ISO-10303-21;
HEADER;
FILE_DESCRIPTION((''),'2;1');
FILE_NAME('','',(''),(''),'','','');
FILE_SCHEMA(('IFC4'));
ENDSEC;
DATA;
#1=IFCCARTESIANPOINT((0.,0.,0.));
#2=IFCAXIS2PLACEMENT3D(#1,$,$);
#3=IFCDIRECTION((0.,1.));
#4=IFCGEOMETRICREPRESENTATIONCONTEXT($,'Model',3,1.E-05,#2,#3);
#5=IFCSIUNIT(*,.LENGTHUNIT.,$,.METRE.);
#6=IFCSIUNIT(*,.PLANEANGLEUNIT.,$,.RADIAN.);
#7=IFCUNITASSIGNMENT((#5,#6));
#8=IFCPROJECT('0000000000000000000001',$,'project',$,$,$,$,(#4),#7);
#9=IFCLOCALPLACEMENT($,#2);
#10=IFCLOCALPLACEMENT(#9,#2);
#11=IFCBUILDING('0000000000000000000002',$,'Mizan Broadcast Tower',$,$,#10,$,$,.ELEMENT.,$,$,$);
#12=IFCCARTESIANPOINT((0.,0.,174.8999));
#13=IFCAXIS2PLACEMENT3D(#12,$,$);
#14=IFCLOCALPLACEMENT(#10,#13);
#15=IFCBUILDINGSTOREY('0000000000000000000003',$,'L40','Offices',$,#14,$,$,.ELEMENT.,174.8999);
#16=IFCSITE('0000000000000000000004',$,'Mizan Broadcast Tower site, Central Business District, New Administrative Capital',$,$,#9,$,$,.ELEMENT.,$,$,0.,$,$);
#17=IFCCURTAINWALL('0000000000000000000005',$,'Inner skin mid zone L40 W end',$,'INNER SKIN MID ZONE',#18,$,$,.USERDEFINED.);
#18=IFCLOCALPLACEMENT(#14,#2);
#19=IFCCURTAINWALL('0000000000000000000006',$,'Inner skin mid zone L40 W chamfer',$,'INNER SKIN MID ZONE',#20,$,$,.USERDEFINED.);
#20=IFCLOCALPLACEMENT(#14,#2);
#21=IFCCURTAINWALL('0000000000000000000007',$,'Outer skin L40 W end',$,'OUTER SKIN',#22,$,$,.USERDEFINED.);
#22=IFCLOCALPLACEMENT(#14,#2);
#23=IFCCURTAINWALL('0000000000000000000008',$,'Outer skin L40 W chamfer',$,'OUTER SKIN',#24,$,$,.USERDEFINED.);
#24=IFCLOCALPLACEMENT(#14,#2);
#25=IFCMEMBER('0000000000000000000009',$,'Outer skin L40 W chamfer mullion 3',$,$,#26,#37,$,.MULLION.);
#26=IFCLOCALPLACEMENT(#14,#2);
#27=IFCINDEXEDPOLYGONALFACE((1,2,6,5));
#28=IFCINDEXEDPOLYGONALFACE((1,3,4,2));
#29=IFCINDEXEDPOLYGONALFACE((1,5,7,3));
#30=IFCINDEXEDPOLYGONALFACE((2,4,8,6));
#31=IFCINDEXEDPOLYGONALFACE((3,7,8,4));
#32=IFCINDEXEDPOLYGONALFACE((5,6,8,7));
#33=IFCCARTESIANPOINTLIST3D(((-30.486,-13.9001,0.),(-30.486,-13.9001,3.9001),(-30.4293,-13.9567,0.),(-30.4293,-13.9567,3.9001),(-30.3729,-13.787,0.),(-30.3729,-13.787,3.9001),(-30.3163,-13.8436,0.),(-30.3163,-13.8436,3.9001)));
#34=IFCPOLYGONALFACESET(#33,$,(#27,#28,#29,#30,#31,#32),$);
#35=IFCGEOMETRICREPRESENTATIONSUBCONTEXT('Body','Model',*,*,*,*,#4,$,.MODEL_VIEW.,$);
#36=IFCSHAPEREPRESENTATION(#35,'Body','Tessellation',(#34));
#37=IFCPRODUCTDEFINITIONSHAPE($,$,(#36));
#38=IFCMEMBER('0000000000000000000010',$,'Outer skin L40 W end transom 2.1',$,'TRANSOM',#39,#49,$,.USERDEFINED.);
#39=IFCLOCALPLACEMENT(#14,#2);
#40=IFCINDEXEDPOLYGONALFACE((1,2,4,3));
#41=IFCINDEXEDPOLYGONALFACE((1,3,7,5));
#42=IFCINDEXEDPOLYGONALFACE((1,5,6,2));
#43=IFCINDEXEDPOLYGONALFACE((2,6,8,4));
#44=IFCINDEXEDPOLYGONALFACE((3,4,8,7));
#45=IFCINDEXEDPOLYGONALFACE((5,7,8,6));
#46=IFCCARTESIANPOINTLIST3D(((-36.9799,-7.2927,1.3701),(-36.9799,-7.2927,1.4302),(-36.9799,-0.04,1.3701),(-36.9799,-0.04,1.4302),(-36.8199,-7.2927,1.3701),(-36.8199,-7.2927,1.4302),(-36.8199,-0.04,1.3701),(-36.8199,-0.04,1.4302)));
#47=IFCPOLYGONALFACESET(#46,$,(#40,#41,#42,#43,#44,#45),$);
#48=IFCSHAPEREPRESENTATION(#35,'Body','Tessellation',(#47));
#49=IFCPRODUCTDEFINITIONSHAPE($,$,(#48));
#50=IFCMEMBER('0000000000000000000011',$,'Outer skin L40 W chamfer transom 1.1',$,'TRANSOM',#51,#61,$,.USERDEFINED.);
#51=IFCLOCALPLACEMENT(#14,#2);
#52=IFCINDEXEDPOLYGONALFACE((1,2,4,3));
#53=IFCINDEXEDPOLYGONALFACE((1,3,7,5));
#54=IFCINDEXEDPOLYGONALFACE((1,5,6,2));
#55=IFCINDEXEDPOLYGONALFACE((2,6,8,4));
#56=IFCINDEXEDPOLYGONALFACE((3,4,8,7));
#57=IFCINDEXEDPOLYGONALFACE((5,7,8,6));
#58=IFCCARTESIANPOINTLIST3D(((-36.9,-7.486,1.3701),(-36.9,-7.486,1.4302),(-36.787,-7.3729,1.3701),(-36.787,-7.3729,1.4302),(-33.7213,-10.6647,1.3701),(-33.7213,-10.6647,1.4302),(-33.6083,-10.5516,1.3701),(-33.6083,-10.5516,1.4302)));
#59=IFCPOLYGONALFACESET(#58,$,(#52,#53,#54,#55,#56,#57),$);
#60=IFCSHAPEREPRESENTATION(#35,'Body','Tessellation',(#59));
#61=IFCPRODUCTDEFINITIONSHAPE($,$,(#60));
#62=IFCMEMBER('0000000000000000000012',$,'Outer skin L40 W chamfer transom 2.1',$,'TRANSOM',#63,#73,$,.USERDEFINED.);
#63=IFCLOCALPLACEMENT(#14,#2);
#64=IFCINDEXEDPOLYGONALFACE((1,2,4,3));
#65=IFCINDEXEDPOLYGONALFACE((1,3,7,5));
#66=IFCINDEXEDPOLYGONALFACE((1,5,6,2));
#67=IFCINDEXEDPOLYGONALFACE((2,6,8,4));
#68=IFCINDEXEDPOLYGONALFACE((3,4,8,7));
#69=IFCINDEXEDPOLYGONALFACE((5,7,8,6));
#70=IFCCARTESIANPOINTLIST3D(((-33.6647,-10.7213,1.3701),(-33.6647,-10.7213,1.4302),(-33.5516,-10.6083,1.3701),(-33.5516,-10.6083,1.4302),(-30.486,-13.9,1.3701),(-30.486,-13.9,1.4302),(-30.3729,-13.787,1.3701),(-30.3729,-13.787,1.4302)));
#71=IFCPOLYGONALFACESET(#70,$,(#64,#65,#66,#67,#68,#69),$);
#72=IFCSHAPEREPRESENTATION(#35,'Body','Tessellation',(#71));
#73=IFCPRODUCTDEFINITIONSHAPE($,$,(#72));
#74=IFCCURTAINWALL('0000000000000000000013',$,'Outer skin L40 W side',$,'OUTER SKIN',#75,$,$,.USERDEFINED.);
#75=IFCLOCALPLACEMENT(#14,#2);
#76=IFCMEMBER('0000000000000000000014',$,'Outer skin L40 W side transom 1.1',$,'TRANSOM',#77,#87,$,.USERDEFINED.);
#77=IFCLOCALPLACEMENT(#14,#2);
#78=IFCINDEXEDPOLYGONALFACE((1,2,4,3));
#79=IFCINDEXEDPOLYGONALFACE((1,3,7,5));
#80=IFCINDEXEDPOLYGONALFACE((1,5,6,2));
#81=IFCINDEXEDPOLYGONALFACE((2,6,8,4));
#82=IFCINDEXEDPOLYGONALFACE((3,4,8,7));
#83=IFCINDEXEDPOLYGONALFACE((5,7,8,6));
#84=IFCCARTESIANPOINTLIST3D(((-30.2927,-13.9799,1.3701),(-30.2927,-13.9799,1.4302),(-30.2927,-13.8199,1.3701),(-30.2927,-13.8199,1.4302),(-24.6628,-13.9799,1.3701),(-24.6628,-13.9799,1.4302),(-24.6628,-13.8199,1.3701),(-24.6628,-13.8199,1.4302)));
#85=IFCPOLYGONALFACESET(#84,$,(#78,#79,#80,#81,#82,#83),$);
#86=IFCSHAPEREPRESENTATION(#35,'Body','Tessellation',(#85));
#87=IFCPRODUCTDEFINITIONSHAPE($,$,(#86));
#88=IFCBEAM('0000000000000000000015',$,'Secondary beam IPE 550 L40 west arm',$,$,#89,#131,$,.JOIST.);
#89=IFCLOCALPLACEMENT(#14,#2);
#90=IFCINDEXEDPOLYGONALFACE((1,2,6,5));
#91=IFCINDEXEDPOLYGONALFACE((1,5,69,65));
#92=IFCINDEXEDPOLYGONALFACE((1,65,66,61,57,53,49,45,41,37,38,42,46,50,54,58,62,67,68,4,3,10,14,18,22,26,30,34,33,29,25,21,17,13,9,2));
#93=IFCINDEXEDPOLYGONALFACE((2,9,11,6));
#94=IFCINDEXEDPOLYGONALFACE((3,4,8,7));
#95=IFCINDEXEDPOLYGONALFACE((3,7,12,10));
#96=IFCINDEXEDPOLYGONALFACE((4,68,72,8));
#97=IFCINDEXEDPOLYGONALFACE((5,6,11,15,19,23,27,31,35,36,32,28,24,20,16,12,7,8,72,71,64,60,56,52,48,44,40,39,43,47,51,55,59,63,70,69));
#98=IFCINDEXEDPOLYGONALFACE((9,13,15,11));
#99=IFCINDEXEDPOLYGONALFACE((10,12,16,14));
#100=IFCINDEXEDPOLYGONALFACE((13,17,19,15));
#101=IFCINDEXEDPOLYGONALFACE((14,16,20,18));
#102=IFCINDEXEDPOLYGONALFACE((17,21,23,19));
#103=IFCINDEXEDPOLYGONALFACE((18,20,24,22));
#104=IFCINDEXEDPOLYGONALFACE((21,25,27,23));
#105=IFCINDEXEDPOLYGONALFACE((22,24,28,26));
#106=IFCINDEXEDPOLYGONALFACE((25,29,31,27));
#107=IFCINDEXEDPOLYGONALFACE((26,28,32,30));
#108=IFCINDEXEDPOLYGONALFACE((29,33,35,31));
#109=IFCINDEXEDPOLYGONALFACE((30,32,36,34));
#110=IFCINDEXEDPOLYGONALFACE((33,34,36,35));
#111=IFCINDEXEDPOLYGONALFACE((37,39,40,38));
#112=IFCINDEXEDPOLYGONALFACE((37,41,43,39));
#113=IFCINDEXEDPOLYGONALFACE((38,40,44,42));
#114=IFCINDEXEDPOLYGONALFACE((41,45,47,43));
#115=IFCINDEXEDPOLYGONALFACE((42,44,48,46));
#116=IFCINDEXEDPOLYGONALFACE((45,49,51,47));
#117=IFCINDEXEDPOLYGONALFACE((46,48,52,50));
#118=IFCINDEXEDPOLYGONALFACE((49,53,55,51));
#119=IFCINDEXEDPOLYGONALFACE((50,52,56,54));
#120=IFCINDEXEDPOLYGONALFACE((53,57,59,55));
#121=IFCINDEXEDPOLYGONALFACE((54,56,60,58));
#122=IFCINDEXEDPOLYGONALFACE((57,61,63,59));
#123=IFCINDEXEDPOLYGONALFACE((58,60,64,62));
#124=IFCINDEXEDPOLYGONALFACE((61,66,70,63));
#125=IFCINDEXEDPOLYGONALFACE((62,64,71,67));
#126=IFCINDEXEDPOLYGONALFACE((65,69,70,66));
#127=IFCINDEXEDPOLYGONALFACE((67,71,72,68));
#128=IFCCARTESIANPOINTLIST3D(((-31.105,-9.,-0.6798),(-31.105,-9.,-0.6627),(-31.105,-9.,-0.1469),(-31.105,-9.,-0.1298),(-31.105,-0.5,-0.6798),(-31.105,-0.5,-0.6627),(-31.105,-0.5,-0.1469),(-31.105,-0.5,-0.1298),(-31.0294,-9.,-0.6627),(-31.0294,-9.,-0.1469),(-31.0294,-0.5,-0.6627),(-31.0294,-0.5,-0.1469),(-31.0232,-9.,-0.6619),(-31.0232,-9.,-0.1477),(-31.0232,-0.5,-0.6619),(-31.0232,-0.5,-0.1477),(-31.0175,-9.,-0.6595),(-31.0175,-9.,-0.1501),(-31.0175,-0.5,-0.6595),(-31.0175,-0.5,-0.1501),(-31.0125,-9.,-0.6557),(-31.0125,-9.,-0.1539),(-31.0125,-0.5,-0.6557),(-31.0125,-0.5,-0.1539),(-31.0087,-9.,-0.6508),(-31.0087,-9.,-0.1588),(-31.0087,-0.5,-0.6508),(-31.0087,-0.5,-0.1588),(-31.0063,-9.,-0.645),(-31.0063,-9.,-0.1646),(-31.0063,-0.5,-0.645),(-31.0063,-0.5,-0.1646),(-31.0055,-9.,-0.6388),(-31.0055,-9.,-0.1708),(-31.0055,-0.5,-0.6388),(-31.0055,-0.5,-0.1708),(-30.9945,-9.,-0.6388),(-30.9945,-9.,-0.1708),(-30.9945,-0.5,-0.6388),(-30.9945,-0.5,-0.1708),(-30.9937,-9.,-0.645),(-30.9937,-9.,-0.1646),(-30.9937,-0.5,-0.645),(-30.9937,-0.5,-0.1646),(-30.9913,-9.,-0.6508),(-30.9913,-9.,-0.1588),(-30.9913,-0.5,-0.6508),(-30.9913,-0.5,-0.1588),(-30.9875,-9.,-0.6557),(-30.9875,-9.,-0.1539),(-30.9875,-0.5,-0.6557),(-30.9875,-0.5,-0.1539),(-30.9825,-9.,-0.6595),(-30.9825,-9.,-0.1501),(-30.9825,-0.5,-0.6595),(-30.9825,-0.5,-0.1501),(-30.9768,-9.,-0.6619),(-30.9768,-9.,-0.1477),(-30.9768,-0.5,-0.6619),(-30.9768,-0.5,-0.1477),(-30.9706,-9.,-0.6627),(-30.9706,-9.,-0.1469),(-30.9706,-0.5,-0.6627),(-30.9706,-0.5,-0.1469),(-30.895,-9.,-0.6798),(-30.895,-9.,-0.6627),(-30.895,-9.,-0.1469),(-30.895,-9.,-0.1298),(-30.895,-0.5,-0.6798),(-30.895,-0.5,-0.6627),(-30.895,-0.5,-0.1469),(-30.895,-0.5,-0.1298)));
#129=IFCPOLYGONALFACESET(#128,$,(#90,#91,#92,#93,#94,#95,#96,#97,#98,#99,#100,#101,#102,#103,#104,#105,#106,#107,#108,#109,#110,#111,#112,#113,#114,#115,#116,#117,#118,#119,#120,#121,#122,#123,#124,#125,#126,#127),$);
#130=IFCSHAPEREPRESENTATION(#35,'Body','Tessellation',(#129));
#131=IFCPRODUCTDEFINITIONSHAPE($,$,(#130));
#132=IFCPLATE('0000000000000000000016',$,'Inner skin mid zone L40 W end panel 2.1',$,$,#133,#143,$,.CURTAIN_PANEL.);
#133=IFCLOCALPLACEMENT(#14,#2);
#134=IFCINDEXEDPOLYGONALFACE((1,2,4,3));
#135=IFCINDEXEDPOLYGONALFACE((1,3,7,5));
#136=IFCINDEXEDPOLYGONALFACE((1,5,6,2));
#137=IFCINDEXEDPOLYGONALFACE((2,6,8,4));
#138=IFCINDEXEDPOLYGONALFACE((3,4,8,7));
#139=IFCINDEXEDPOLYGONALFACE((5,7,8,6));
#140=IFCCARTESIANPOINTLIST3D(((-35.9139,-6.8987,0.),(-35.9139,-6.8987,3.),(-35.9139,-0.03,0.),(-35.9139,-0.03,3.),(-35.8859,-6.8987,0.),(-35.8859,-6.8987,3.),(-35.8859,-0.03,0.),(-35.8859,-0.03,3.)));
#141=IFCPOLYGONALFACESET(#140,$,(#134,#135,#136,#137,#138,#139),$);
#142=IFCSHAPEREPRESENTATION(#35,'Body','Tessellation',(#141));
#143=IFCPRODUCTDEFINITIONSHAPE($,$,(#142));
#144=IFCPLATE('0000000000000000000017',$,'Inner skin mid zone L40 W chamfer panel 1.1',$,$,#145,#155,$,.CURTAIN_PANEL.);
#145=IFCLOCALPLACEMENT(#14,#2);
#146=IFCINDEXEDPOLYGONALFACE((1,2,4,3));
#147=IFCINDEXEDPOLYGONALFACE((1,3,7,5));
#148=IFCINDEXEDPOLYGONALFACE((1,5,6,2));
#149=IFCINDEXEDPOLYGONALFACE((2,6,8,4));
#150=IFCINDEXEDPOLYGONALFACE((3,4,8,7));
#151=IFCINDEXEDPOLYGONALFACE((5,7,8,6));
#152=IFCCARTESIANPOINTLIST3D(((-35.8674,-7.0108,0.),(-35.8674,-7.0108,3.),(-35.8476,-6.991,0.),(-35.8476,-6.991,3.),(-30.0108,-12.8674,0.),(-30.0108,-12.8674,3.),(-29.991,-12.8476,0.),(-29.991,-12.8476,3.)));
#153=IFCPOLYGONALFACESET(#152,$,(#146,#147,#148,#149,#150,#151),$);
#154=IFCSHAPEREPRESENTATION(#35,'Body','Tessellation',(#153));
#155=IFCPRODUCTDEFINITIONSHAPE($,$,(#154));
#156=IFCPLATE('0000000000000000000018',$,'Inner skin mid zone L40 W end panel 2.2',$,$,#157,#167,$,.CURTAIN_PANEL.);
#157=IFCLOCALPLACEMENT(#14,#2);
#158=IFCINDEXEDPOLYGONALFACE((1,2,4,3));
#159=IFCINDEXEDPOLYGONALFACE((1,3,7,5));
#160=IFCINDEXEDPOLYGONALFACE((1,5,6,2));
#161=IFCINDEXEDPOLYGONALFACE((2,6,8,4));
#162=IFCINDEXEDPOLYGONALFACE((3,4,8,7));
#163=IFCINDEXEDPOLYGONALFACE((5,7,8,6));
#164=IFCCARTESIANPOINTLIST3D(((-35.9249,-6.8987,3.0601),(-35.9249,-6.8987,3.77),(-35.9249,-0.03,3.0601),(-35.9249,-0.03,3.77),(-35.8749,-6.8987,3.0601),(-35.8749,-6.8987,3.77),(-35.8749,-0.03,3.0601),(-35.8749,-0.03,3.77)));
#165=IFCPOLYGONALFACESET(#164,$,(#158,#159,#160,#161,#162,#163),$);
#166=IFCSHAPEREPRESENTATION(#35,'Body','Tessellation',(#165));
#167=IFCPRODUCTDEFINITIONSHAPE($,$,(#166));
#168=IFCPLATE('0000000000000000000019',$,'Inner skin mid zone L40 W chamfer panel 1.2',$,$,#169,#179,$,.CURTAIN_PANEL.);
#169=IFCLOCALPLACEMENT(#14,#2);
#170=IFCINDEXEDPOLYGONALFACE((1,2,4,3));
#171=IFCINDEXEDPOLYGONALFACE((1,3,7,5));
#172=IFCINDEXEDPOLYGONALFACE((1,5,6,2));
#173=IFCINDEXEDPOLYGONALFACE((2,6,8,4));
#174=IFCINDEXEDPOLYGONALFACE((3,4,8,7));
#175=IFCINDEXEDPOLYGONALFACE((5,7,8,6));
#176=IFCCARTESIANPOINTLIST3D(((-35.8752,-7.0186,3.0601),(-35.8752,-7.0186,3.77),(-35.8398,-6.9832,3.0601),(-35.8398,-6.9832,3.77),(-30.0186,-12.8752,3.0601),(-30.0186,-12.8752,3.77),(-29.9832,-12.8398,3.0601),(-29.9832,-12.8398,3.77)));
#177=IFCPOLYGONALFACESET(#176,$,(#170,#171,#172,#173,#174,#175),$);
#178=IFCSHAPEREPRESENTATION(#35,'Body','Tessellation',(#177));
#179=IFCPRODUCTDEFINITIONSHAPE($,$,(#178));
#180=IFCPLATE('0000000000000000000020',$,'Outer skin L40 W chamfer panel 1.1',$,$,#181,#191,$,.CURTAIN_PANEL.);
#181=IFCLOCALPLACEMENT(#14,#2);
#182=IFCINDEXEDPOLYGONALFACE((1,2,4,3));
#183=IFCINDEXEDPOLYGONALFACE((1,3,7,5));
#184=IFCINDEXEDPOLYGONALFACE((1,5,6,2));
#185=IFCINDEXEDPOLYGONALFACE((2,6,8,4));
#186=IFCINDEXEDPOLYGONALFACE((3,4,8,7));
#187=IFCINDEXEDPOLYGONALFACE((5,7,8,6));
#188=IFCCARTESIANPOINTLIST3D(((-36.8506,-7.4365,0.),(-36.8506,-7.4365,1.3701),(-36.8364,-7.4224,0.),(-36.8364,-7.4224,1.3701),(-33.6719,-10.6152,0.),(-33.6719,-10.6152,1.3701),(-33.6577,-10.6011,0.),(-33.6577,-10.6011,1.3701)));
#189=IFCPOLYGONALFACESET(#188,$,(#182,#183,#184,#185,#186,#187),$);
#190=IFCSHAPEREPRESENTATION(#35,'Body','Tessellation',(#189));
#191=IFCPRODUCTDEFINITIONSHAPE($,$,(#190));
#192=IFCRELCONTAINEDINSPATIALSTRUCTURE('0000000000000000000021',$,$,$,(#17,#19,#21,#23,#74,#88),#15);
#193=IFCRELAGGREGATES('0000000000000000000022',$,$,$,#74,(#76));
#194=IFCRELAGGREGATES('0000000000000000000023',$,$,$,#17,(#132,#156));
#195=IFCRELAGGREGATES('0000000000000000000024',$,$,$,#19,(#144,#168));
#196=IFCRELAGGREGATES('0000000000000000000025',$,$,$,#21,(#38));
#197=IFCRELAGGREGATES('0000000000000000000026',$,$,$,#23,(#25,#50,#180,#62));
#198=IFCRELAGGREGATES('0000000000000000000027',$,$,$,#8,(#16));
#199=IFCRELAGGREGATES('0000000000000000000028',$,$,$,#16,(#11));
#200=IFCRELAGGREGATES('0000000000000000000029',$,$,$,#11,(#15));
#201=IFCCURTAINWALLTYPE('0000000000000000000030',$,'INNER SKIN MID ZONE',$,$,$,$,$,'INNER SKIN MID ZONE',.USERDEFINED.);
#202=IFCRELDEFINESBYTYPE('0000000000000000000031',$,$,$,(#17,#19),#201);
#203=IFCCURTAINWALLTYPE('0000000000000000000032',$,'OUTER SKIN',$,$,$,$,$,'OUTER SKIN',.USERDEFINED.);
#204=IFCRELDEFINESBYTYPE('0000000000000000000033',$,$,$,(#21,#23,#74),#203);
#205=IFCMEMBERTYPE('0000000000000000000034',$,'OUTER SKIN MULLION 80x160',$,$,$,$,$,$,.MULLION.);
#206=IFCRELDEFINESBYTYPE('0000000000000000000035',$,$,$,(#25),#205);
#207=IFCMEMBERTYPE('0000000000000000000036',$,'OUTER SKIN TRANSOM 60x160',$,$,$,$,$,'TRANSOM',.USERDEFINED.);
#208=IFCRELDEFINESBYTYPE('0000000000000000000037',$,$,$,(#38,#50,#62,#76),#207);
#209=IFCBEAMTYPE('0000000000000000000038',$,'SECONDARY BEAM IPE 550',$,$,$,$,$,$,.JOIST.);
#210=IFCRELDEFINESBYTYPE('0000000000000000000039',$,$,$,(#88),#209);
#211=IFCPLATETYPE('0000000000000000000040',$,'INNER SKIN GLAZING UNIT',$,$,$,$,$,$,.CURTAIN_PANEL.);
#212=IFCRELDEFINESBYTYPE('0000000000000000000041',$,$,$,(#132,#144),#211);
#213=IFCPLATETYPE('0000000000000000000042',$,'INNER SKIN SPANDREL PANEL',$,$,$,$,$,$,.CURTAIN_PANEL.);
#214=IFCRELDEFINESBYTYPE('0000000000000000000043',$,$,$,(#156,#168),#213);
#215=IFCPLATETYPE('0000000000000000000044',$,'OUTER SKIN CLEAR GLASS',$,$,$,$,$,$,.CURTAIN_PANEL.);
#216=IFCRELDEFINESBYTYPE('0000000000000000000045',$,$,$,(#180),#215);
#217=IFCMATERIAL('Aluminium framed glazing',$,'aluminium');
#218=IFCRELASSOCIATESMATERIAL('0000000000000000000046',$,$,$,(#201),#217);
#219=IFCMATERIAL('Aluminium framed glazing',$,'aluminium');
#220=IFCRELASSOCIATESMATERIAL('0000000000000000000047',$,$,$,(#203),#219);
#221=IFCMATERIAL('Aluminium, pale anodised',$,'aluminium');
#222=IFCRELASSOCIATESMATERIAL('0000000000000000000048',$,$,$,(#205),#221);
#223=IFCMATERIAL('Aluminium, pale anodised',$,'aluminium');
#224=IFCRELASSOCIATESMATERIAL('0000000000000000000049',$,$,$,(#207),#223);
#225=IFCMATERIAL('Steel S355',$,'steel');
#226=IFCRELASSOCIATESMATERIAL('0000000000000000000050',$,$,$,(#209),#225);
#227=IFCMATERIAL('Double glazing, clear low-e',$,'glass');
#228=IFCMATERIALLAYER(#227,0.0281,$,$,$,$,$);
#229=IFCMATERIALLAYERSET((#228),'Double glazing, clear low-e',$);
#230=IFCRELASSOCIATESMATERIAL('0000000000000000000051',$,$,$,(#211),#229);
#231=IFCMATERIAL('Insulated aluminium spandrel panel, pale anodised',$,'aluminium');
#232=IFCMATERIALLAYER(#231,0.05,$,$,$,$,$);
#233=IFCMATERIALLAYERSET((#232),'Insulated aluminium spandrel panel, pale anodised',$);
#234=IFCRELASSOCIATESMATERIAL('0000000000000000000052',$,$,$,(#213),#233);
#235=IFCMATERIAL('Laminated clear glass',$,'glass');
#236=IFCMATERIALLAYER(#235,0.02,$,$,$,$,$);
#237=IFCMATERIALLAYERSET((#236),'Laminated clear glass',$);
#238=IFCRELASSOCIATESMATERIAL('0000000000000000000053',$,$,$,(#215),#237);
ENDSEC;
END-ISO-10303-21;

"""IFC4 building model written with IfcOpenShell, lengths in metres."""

from ifc_helpers import new_model, si_unit, direction, frame, origin, origin_2d, place, context, subcontext, project, spatial, rectangle, i_section, extrude, material, layer, layer_set, material_profile, profile_set, type_object, element, aggregate, save


model = new_model("IFC4")

# Units and contexts
model_context = context("Model", 3, precision=1e-05, world=origin(), true_north=direction((0.0, 1.0)))
body_context = subcontext(model_context, "Body", "Model", "MODEL_VIEW")
ifc_project = project(units=[si_unit("LENGTHUNIT", "METRE"), si_unit("PLANEANGLEUNIT", "RADIAN")], contexts=[model_context])

# Site, building, storey
site_placement = place(None, origin())
site = spatial("IfcSite", under=ifc_project, at=site_placement, Name="Mizan Broadcast Tower site, Central Business District, New Administrative Capital", CompositionType="ELEMENT", RefElevation=0.0)
building_placement = place(site_placement, origin())
building = spatial("IfcBuilding", under=site, at=building_placement, Name="Mizan Broadcast Tower", CompositionType="ELEMENT")
storey_placement = place(building_placement, frame((0.0, 0.0, 174.8999)))
storey = spatial("IfcBuildingStorey", under=building, at=storey_placement, Name="L40", Description="Offices", CompositionType="ELEMENT", Elevation=174.8999)

# Curtain wall
ifc_material_1 = material(Name="Aluminium framed glazing", Category="aluminium")
curtain_wall_type_1 = type_object("IfcCurtainWallType", Name="INNER SKIN MID ZONE", ElementType="INNER SKIN MID ZONE", PredefinedType="USERDEFINED", material=ifc_material_1)
curtain_wall_1_placement = place(storey_placement, origin())
curtain_wall_1 = element("IfcCurtainWall", 1, at=curtain_wall_1_placement, inside=storey, type_object=curtain_wall_type_1, Name="Inner skin mid zone L40 W end", ObjectType="INNER SKIN MID ZONE", PredefinedType="USERDEFINED")

# Curtain wall
curtain_wall_2_placement = place(storey_placement, origin())
curtain_wall_2 = element("IfcCurtainWall", 2, at=curtain_wall_2_placement, inside=storey, type_object=curtain_wall_type_1, Name="Inner skin mid zone L40 W chamfer", ObjectType="INNER SKIN MID ZONE", PredefinedType="USERDEFINED")

# Curtain walls, member
ifc_material_2 = material(Name="Aluminium framed glazing", Category="aluminium")
curtain_wall_type_2 = type_object("IfcCurtainWallType", Name="OUTER SKIN", ElementType="OUTER SKIN", PredefinedType="USERDEFINED", material=ifc_material_2)
curtain_wall_3_placement = place(storey_placement, origin())
curtain_wall_3 = element("IfcCurtainWall", 3, at=curtain_wall_3_placement, inside=storey, type_object=curtain_wall_type_2, Name="Outer skin L40 W end", ObjectType="OUTER SKIN", PredefinedType="USERDEFINED")
ifc_material_3 = material(Name="Aluminium, pale anodised", Category="aluminium")
ifc_material_profile_1 = material_profile(ifc_material_3, rectangle(XDim=0.1599, YDim=0.0801, at=origin_2d()), Name="MULLION 160x80")
ifc_profile_set_1 = profile_set([ifc_material_profile_1], Name="Aluminium, pale anodised")
member_type_1 = type_object("IfcMemberType", Name="OUTER SKIN MULLION 80x160", PredefinedType="MULLION", material=ifc_profile_set_1)
curtain_wall_4_placement = place(storey_placement, origin())
curtain_wall_4 = element("IfcCurtainWall", 4, at=curtain_wall_4_placement, inside=storey, type_object=curtain_wall_type_2, Name="Outer skin L40 W chamfer", ObjectType="OUTER SKIN", PredefinedType="USERDEFINED")
member_1_placement = place(storey_placement, frame((-30.4011, -13.8718, 0.0), z_axis=(0.0, 0.0, 1.0), x_axis=(0.707107, 0.707107, 0.0)))
member_1 = element("IfcMember", 5, at=member_1_placement, type_object=member_type_1, Name="Outer skin L40 W chamfer mullion 3", PredefinedType="MULLION", context=body_context, shape_type="SweptSolid", body=[
    extrude(rectangle(XDim=0.1599, YDim=0.0801, at=origin_2d()), origin(), (0.0, 0.0, 1.0), 3.9001),
])

# Members
ifc_material_4 = material(Name="Aluminium, pale anodised", Category="aluminium")
ifc_material_profile_2 = material_profile(ifc_material_4, rectangle(XDim=0.1599, YDim=0.0601, at=origin_2d()), Name="TRANSOM 160x60")
ifc_profile_set_2 = profile_set([ifc_material_profile_2], Name="Aluminium, pale anodised")
member_type_2 = type_object("IfcMemberType", Name="OUTER SKIN TRANSOM 60x160", ElementType="TRANSOM", PredefinedType="USERDEFINED", material=ifc_profile_set_2)
member_2_placement = place(storey_placement, frame((-36.8999, -0.04, 1.4001), z_axis=(0.0, -1.0, 0.0), x_axis=(1.0, 0.0, 0.0)))
member_2 = element("IfcMember", 6, at=member_2_placement, type_object=member_type_2, Name="Outer skin L40 W end transom 2.1", ObjectType="TRANSOM", PredefinedType="USERDEFINED", context=body_context, shape_type="SweptSolid", body=[
    extrude(rectangle(XDim=0.1599, YDim=0.0601, at=origin_2d()), origin(), (0.0, 0.0, 1.0), 7.2527),
])
member_3_placement = place(storey_placement, frame((-36.8435, -7.4294, 1.4001), z_axis=(0.707107, -0.707107, 0.0), x_axis=(0.707107, 0.707107, 0.0)))
member_3 = element("IfcMember", 7, at=member_3_placement, type_object=member_type_2, Name="Outer skin L40 W chamfer transom 1.1", ObjectType="TRANSOM", PredefinedType="USERDEFINED", context=body_context, shape_type="SweptSolid", body=[
    extrude(rectangle(XDim=0.1599, YDim=0.0601, at=origin_2d()), origin(), (0.0, 0.0, 1.0), 4.4954),
])
member_4_placement = place(storey_placement, frame((-33.6082, -10.6648, 1.4001), z_axis=(0.707107, -0.707107, 0.0), x_axis=(0.707107, 0.707107, 0.0)))
member_4 = element("IfcMember", 8, at=member_4_placement, type_object=member_type_2, Name="Outer skin L40 W chamfer transom 2.1", ObjectType="TRANSOM", PredefinedType="USERDEFINED", context=body_context, shape_type="SweptSolid", body=[
    extrude(rectangle(XDim=0.1599, YDim=0.0601, at=origin_2d()), origin(), (0.0, 0.0, 1.0), 4.4954),
])

# Curtain wall, member
curtain_wall_5_placement = place(storey_placement, origin())
curtain_wall_5 = element("IfcCurtainWall", 9, at=curtain_wall_5_placement, inside=storey, type_object=curtain_wall_type_2, Name="Outer skin L40 W side", ObjectType="OUTER SKIN", PredefinedType="USERDEFINED")
member_5_placement = place(storey_placement, frame((-30.2927, -13.8999, 1.4001), z_axis=(1.0, 0.0, 0.0), x_axis=(0.0, 1.0, 0.0)))
member_5 = element("IfcMember", 10, at=member_5_placement, type_object=member_type_2, Name="Outer skin L40 W side transom 1.1", ObjectType="TRANSOM", PredefinedType="USERDEFINED", context=body_context, shape_type="SweptSolid", body=[
    extrude(rectangle(XDim=0.1599, YDim=0.0601, at=origin_2d()), origin(), (0.0, 0.0, 1.0), 5.6299),
])
aggregate(curtain_wall_5, [member_5])

# Beam
ifc_material_5 = material(Name="Steel S355", Category="steel")
ifc_material_profile_3 = material_profile(ifc_material_5, i_section(OverallWidth=0.21, OverallDepth=0.55, WebThickness=0.011, FlangeThickness=0.0171, FilletRadius=0.0239, at=origin_2d()), Name="IPE 550")
ifc_profile_set_3 = profile_set([ifc_material_profile_3], Name="Steel S355")
beam_type_1 = type_object("IfcBeamType", Name="SECONDARY BEAM IPE 550", PredefinedType="JOIST", material=ifc_profile_set_3)
beam_1_placement = place(storey_placement, frame((-31.0, -9.0, -0.4048), z_axis=(0.0, 1.0, 0.0), x_axis=(-1.0, 0.0, 0.0)))
element("IfcBeam", 11, at=beam_1_placement, inside=storey, type_object=beam_type_1, Name="Secondary beam IPE 550 L40 west arm", PredefinedType="JOIST", context=body_context, shape_type="SweptSolid", body=[
    extrude(i_section(OverallWidth=0.21, OverallDepth=0.55, WebThickness=0.011, FlangeThickness=0.0171, FilletRadius=0.0239, at=origin_2d()), origin(), (0.0, 0.0, 1.0), 8.5),
])

# Plates
ifc_material_6 = material(Name="Double glazing, clear low-e", Category="glass")
ifc_layer_1 = layer(ifc_material_6, 0.0281)
ifc_layer_set_1 = layer_set([ifc_layer_1], Name="Double glazing, clear low-e")
plate_type_1 = type_object("IfcPlateType", Name="INNER SKIN GLAZING UNIT", PredefinedType="CURTAIN_PANEL", material=ifc_layer_set_1)
plate_1_placement = place(storey_placement, frame((-35.8999, -3.4644, 0.0), z_axis=(0.0, 0.0, 1.0), x_axis=(0.0, -1.0, 0.0)))
plate_1 = element("IfcPlate", 12, at=plate_1_placement, type_object=plate_type_1, Name="Inner skin mid zone L40 W end panel 2.1", PredefinedType="CURTAIN_PANEL", context=body_context, shape_type="SweptSolid", body=[
    extrude(rectangle(XDim=6.8687, YDim=0.0281, at=origin_2d()), origin(), (0.0, 0.0, 1.0), 3.0),
])
plate_2_placement = place(storey_placement, frame((-32.9292, -9.9292, 0.0), z_axis=(0.0, 0.0, 1.0), x_axis=(0.707107, -0.707107, 0.0)))
plate_2 = element("IfcPlate", 13, at=plate_2_placement, type_object=plate_type_1, Name="Inner skin mid zone L40 W chamfer panel 1.1", PredefinedType="CURTAIN_PANEL", context=body_context, shape_type="SweptSolid", body=[
    extrude(rectangle(XDim=8.2825, YDim=0.0281, at=origin_2d()), origin(), (0.0, 0.0, 1.0), 3.0),
])
ifc_material_7 = material(Name="Insulated aluminium spandrel panel, pale anodised", Category="aluminium")
ifc_layer_2 = layer(ifc_material_7, 0.05)
ifc_layer_set_2 = layer_set([ifc_layer_2], Name="Insulated aluminium spandrel panel, pale anodised")
plate_type_2 = type_object("IfcPlateType", Name="INNER SKIN SPANDREL PANEL", PredefinedType="CURTAIN_PANEL", material=ifc_layer_set_2)
plate_3_placement = place(storey_placement, frame((-35.8999, -3.4644, 3.0601), z_axis=(0.0, 0.0, 1.0), x_axis=(0.0, -1.0, 0.0)))
plate_3 = element("IfcPlate", 14, at=plate_3_placement, type_object=plate_type_2, Name="Inner skin mid zone L40 W end panel 2.2", PredefinedType="CURTAIN_PANEL", context=body_context, shape_type="SweptSolid", body=[
    extrude(rectangle(XDim=6.8687, YDim=0.05, at=origin_2d()), origin(), (0.0, 0.0, 1.0), 0.71),
])
aggregate(curtain_wall_1, [plate_1, plate_3])
plate_4_placement = place(storey_placement, frame((-32.9292, -9.9292, 3.0601), z_axis=(0.0, 0.0, 1.0), x_axis=(0.707107, -0.707107, 0.0)))
plate_4 = element("IfcPlate", 15, at=plate_4_placement, type_object=plate_type_2, Name="Inner skin mid zone L40 W chamfer panel 1.2", PredefinedType="CURTAIN_PANEL", context=body_context, shape_type="SweptSolid", body=[
    extrude(rectangle(XDim=8.2825, YDim=0.05, at=origin_2d()), origin(), (0.0, 0.0, 1.0), 0.71),
])
aggregate(curtain_wall_2, [plate_2, plate_4])
ifc_material_8 = material(Name="Laminated clear glass", Category="glass")
ifc_layer_3 = layer(ifc_material_8, 0.02)
ifc_layer_set_3 = layer_set([ifc_layer_3], Name="Laminated clear glass")
plate_type_3 = type_object("IfcPlateType", Name="OUTER SKIN CLEAR GLASS", PredefinedType="CURTAIN_PANEL", material=ifc_layer_set_3)
plate_5_placement = place(storey_placement, frame((-35.2542, -9.0188, 0.0), z_axis=(0.0, 0.0, 1.0), x_axis=(0.707107, -0.707107, 0.0)))
plate_5 = element("IfcPlate", 16, at=plate_5_placement, type_object=plate_type_3, Name="Outer skin L40 W chamfer panel 1.1", PredefinedType="CURTAIN_PANEL", context=body_context, shape_type="SweptSolid", body=[
    extrude(rectangle(XDim=4.4954, YDim=0.02, at=origin_2d()), origin(), (0.0, 0.0, 1.0), 1.3701),
])
aggregate(curtain_wall_3, [member_2])
aggregate(curtain_wall_4, [member_1, member_3, plate_5, member_4])

save(model, "model.ifc")
